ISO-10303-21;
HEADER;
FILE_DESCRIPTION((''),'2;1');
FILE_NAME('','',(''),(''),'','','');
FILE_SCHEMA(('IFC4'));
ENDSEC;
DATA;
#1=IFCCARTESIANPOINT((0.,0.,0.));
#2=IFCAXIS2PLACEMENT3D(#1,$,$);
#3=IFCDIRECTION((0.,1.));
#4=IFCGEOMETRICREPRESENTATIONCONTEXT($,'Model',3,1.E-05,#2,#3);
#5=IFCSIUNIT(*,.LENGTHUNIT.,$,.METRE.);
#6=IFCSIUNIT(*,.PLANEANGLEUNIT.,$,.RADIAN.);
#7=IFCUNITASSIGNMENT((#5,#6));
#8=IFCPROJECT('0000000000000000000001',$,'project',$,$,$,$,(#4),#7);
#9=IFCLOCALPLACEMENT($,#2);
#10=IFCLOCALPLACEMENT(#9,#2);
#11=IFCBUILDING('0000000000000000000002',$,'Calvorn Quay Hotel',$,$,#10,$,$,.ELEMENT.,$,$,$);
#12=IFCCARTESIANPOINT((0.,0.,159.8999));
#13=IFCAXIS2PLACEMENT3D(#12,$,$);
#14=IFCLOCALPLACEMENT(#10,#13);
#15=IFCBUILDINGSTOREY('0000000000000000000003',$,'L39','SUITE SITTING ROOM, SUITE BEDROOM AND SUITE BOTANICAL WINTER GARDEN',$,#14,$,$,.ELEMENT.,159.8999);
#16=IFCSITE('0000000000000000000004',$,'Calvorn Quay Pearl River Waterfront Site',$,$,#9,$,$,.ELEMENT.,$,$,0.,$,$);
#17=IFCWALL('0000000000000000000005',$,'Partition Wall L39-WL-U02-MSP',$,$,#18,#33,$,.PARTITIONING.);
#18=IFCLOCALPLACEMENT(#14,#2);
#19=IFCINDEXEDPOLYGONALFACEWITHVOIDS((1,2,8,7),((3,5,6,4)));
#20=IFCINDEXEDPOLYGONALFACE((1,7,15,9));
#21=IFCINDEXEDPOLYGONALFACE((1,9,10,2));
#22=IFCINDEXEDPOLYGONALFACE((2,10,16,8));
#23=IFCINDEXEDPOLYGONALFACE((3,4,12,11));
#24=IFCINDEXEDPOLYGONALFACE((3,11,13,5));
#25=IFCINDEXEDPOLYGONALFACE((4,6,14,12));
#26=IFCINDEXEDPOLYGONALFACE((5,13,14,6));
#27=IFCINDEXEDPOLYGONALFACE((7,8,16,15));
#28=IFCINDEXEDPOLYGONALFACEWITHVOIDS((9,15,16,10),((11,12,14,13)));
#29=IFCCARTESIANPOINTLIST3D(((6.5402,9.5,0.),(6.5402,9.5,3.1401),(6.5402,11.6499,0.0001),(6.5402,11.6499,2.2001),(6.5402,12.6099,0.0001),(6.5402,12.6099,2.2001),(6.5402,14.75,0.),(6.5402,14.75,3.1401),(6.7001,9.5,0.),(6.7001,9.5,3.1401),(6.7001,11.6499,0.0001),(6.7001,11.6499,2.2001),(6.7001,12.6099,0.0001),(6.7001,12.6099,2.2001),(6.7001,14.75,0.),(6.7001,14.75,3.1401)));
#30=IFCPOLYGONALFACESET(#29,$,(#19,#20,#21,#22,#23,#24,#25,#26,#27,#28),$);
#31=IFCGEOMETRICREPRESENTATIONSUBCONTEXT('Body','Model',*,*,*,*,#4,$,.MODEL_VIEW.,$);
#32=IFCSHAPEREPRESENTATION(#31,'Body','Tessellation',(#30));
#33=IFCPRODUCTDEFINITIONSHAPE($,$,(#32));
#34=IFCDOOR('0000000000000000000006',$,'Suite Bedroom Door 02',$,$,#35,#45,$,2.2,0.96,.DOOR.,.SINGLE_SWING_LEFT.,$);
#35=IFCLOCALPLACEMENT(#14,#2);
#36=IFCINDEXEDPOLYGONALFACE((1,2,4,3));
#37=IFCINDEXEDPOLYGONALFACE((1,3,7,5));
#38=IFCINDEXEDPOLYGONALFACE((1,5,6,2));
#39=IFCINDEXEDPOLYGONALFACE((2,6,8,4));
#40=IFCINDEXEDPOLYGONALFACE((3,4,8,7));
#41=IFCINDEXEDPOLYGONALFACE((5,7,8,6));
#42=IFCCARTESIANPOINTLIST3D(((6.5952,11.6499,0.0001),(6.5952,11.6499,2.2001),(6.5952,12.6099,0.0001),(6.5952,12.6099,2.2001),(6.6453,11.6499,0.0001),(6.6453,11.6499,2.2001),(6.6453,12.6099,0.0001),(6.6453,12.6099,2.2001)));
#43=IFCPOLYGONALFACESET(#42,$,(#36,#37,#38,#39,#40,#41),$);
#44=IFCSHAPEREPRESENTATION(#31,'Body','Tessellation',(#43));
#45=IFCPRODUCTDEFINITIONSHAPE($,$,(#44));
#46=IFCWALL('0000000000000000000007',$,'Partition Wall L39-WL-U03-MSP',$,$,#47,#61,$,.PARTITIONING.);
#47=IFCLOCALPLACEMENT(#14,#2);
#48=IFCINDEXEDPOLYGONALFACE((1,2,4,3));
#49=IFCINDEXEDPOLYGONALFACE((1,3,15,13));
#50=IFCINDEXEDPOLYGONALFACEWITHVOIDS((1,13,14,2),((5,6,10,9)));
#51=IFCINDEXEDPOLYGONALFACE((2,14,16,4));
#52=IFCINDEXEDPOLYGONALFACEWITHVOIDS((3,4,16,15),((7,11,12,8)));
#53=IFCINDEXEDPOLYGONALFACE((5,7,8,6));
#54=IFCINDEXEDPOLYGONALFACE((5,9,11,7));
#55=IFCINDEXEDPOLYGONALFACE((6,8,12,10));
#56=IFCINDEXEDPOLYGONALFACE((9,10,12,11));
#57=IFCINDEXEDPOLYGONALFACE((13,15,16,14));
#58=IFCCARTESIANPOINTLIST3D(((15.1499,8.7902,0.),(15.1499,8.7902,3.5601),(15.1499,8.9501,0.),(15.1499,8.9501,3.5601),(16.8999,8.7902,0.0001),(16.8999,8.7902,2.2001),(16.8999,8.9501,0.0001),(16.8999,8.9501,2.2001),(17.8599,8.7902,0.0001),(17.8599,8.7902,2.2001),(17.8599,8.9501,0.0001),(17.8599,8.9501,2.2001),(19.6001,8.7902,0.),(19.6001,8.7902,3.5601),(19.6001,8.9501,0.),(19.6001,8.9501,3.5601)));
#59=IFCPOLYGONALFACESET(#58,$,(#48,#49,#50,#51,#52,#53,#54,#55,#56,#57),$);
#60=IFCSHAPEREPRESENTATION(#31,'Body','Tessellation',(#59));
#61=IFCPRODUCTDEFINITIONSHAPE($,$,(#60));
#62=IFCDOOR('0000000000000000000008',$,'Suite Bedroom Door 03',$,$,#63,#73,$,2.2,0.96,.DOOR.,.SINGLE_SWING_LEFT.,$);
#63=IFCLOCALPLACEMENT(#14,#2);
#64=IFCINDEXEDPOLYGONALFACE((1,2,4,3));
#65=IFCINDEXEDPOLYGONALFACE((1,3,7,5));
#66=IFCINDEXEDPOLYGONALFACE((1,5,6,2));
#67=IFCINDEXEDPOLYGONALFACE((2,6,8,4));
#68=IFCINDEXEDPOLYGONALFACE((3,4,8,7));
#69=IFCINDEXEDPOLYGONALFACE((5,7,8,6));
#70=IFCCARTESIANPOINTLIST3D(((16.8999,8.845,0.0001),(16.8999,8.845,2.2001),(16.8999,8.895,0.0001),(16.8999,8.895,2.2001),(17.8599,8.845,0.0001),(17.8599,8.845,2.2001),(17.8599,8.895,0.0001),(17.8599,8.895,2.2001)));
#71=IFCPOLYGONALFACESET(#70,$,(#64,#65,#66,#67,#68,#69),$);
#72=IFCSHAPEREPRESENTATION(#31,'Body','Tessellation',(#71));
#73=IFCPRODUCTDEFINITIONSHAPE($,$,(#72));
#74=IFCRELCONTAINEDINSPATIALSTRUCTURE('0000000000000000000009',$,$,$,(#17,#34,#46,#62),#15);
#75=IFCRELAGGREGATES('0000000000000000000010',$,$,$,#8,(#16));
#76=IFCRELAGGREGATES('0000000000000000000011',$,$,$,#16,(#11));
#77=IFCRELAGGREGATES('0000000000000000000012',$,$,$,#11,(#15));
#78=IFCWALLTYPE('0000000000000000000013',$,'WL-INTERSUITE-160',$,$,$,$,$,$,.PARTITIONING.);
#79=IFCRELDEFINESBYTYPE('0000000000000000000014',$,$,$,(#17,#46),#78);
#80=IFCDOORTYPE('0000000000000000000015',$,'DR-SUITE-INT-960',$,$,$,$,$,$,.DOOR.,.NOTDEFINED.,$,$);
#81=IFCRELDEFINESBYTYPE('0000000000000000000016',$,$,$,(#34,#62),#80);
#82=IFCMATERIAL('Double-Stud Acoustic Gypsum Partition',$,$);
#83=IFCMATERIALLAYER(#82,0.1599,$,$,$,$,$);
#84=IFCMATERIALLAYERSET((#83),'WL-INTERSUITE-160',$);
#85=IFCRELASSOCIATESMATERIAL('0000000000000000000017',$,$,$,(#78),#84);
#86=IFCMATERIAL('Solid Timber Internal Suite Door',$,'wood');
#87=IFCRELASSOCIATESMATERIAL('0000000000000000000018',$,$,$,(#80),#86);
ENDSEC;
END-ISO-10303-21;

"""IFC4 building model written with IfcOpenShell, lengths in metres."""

from ifc_helpers import new_model, si_unit, direction, frame, frame_2d, origin, place, context, subcontext, project, spatial, rectangle, extrude, material, layer, layer_set, type_object, element, fill, save


model = new_model("IFC4")

# Units and contexts
model_context = context("Model", 3, precision=1e-05, world=origin(), true_north=direction((0.0, 1.0)))
body_context = subcontext(model_context, "Body", "Model", "MODEL_VIEW")
ifc_project = project(units=[si_unit("LENGTHUNIT", "METRE"), si_unit("PLANEANGLEUNIT", "RADIAN")], contexts=[model_context])

# Site, building, storey
site_placement = place(None, origin())
site = spatial("IfcSite", under=ifc_project, at=site_placement, Name="Calvorn Quay Pearl River Waterfront Site", CompositionType="ELEMENT", RefElevation=0.0)
building_placement = place(site_placement, origin())
building = spatial("IfcBuilding", under=site, at=building_placement, Name="Calvorn Quay Hotel", CompositionType="ELEMENT")
storey_placement = place(building_placement, frame((0.0, 0.0, 159.8999)))
storey = spatial("IfcBuildingStorey", under=building, at=storey_placement, Name="L39", Description="SUITE SITTING ROOM, SUITE BEDROOM AND SUITE BOTANICAL WINTER GARDEN", CompositionType="ELEMENT", Elevation=159.8999)

# Walls, openings, doors
ifc_material_1 = material(Name="Double-Stud Acoustic Gypsum Partition")
ifc_layer_1 = layer(ifc_material_1, 0.1599)
ifc_layer_set_1 = layer_set([ifc_layer_1], Name="WL-INTERSUITE-160")
wall_type_1 = type_object("IfcWallType", Name="WL-INTERSUITE-160", PredefinedType="PARTITIONING", material=ifc_layer_set_1)
ifc_material_2 = material(Name="Solid Timber Internal Suite Door", Category="wood")
door_type_1 = type_object("IfcDoorType", Name="DR-SUITE-INT-960", OperationType="NOTDEFINED", PredefinedType="DOOR", material=ifc_material_2)
wall_1_placement = place(storey_placement, frame((6.6201, 9.5, 0.0), z_axis=(0.0, 0.0, 1.0), x_axis=(0.0, 1.0, 0.0)))
wall_1 = element("IfcWall", 1, at=wall_1_placement, inside=storey, type_object=wall_type_1, Name="Partition Wall L39-WL-U02-MSP", PredefinedType="PARTITIONING", context=body_context, shape_type="SweptSolid", body=[
    extrude(rectangle(XDim=5.25, YDim=0.1599, at=frame_2d((2.625, 0.0))), origin(), (0.0, 0.0, 1.0), 3.1401),
])
opening_1_placement = place(wall_1_placement, frame((2.1499, 0.0, 0.0)))
opening_1 = element("IfcOpeningElement", 2, at=opening_1_placement, cuts=wall_1, PredefinedType="OPENING", context=body_context, shape_type="SweptSolid", body=[
    extrude(rectangle(XDim=0.96, YDim=2.2, at=frame_2d((0.48, 1.1001))), frame((0.0, 0.0898, 0.0), z_axis=(0.0, -1.0, 0.0), x_axis=(1.0, 0.0, 0.0)), (0.0, 0.0, 1.0), 0.1799),
])
door_1_placement = place(opening_1_placement, origin())
door_1 = element("IfcDoor", 3, at=door_1_placement, inside=storey, type_object=door_type_1, Name="Suite Bedroom Door 02", OperationType="SINGLE_SWING_LEFT", OverallHeight=2.2, OverallWidth=0.96, PredefinedType="DOOR", context=body_context, shape_type="SweptSolid", body=[
    extrude(rectangle(XDim=0.96, YDim=2.2, at=frame_2d((0.48, 1.1001))), frame((0.0, 0.0249, 0.0), z_axis=(0.0, -1.0, 0.0), x_axis=(1.0, 0.0, 0.0)), (0.0, 0.0, 1.0), 0.05),
])
fill(opening_1, door_1)
wall_2_placement = place(storey_placement, frame((15.1499, 8.8701, 0.0), z_axis=(0.0, 0.0, 1.0), x_axis=(1.0, 0.0, 0.0)))
wall_2 = element("IfcWall", 4, at=wall_2_placement, inside=storey, type_object=wall_type_1, Name="Partition Wall L39-WL-U03-MSP", PredefinedType="PARTITIONING", context=body_context, shape_type="SweptSolid", body=[
    extrude(rectangle(XDim=4.4502, YDim=0.1599, at=frame_2d((2.2251, 0.0))), origin(), (0.0, 0.0, 1.0), 3.5601),
])
opening_2_placement = place(wall_2_placement, frame((1.75, 0.0, 0.0)))
opening_2 = element("IfcOpeningElement", 5, at=opening_2_placement, cuts=wall_2, PredefinedType="OPENING", context=body_context, shape_type="SweptSolid", body=[
    extrude(rectangle(XDim=0.96, YDim=2.2, at=frame_2d((0.48, 1.1001))), frame((0.0, 0.0898, 0.0), z_axis=(0.0, -1.0, 0.0), x_axis=(1.0, 0.0, 0.0)), (0.0, 0.0, 1.0), 0.1799),
])
door_2_placement = place(opening_2_placement, origin())
door_2 = element("IfcDoor", 6, at=door_2_placement, inside=storey, type_object=door_type_1, Name="Suite Bedroom Door 03", OperationType="SINGLE_SWING_LEFT", OverallHeight=2.2, OverallWidth=0.96, PredefinedType="DOOR", context=body_context, shape_type="SweptSolid", body=[
    extrude(rectangle(XDim=0.96, YDim=2.2, at=frame_2d((0.48, 1.1001))), frame((0.0, 0.0249, 0.0), z_axis=(0.0, -1.0, 0.0), x_axis=(1.0, 0.0, 0.0)), (0.0, 0.0, 1.0), 0.05),
])
fill(opening_2, door_2)

save(model, "model.ifc")
